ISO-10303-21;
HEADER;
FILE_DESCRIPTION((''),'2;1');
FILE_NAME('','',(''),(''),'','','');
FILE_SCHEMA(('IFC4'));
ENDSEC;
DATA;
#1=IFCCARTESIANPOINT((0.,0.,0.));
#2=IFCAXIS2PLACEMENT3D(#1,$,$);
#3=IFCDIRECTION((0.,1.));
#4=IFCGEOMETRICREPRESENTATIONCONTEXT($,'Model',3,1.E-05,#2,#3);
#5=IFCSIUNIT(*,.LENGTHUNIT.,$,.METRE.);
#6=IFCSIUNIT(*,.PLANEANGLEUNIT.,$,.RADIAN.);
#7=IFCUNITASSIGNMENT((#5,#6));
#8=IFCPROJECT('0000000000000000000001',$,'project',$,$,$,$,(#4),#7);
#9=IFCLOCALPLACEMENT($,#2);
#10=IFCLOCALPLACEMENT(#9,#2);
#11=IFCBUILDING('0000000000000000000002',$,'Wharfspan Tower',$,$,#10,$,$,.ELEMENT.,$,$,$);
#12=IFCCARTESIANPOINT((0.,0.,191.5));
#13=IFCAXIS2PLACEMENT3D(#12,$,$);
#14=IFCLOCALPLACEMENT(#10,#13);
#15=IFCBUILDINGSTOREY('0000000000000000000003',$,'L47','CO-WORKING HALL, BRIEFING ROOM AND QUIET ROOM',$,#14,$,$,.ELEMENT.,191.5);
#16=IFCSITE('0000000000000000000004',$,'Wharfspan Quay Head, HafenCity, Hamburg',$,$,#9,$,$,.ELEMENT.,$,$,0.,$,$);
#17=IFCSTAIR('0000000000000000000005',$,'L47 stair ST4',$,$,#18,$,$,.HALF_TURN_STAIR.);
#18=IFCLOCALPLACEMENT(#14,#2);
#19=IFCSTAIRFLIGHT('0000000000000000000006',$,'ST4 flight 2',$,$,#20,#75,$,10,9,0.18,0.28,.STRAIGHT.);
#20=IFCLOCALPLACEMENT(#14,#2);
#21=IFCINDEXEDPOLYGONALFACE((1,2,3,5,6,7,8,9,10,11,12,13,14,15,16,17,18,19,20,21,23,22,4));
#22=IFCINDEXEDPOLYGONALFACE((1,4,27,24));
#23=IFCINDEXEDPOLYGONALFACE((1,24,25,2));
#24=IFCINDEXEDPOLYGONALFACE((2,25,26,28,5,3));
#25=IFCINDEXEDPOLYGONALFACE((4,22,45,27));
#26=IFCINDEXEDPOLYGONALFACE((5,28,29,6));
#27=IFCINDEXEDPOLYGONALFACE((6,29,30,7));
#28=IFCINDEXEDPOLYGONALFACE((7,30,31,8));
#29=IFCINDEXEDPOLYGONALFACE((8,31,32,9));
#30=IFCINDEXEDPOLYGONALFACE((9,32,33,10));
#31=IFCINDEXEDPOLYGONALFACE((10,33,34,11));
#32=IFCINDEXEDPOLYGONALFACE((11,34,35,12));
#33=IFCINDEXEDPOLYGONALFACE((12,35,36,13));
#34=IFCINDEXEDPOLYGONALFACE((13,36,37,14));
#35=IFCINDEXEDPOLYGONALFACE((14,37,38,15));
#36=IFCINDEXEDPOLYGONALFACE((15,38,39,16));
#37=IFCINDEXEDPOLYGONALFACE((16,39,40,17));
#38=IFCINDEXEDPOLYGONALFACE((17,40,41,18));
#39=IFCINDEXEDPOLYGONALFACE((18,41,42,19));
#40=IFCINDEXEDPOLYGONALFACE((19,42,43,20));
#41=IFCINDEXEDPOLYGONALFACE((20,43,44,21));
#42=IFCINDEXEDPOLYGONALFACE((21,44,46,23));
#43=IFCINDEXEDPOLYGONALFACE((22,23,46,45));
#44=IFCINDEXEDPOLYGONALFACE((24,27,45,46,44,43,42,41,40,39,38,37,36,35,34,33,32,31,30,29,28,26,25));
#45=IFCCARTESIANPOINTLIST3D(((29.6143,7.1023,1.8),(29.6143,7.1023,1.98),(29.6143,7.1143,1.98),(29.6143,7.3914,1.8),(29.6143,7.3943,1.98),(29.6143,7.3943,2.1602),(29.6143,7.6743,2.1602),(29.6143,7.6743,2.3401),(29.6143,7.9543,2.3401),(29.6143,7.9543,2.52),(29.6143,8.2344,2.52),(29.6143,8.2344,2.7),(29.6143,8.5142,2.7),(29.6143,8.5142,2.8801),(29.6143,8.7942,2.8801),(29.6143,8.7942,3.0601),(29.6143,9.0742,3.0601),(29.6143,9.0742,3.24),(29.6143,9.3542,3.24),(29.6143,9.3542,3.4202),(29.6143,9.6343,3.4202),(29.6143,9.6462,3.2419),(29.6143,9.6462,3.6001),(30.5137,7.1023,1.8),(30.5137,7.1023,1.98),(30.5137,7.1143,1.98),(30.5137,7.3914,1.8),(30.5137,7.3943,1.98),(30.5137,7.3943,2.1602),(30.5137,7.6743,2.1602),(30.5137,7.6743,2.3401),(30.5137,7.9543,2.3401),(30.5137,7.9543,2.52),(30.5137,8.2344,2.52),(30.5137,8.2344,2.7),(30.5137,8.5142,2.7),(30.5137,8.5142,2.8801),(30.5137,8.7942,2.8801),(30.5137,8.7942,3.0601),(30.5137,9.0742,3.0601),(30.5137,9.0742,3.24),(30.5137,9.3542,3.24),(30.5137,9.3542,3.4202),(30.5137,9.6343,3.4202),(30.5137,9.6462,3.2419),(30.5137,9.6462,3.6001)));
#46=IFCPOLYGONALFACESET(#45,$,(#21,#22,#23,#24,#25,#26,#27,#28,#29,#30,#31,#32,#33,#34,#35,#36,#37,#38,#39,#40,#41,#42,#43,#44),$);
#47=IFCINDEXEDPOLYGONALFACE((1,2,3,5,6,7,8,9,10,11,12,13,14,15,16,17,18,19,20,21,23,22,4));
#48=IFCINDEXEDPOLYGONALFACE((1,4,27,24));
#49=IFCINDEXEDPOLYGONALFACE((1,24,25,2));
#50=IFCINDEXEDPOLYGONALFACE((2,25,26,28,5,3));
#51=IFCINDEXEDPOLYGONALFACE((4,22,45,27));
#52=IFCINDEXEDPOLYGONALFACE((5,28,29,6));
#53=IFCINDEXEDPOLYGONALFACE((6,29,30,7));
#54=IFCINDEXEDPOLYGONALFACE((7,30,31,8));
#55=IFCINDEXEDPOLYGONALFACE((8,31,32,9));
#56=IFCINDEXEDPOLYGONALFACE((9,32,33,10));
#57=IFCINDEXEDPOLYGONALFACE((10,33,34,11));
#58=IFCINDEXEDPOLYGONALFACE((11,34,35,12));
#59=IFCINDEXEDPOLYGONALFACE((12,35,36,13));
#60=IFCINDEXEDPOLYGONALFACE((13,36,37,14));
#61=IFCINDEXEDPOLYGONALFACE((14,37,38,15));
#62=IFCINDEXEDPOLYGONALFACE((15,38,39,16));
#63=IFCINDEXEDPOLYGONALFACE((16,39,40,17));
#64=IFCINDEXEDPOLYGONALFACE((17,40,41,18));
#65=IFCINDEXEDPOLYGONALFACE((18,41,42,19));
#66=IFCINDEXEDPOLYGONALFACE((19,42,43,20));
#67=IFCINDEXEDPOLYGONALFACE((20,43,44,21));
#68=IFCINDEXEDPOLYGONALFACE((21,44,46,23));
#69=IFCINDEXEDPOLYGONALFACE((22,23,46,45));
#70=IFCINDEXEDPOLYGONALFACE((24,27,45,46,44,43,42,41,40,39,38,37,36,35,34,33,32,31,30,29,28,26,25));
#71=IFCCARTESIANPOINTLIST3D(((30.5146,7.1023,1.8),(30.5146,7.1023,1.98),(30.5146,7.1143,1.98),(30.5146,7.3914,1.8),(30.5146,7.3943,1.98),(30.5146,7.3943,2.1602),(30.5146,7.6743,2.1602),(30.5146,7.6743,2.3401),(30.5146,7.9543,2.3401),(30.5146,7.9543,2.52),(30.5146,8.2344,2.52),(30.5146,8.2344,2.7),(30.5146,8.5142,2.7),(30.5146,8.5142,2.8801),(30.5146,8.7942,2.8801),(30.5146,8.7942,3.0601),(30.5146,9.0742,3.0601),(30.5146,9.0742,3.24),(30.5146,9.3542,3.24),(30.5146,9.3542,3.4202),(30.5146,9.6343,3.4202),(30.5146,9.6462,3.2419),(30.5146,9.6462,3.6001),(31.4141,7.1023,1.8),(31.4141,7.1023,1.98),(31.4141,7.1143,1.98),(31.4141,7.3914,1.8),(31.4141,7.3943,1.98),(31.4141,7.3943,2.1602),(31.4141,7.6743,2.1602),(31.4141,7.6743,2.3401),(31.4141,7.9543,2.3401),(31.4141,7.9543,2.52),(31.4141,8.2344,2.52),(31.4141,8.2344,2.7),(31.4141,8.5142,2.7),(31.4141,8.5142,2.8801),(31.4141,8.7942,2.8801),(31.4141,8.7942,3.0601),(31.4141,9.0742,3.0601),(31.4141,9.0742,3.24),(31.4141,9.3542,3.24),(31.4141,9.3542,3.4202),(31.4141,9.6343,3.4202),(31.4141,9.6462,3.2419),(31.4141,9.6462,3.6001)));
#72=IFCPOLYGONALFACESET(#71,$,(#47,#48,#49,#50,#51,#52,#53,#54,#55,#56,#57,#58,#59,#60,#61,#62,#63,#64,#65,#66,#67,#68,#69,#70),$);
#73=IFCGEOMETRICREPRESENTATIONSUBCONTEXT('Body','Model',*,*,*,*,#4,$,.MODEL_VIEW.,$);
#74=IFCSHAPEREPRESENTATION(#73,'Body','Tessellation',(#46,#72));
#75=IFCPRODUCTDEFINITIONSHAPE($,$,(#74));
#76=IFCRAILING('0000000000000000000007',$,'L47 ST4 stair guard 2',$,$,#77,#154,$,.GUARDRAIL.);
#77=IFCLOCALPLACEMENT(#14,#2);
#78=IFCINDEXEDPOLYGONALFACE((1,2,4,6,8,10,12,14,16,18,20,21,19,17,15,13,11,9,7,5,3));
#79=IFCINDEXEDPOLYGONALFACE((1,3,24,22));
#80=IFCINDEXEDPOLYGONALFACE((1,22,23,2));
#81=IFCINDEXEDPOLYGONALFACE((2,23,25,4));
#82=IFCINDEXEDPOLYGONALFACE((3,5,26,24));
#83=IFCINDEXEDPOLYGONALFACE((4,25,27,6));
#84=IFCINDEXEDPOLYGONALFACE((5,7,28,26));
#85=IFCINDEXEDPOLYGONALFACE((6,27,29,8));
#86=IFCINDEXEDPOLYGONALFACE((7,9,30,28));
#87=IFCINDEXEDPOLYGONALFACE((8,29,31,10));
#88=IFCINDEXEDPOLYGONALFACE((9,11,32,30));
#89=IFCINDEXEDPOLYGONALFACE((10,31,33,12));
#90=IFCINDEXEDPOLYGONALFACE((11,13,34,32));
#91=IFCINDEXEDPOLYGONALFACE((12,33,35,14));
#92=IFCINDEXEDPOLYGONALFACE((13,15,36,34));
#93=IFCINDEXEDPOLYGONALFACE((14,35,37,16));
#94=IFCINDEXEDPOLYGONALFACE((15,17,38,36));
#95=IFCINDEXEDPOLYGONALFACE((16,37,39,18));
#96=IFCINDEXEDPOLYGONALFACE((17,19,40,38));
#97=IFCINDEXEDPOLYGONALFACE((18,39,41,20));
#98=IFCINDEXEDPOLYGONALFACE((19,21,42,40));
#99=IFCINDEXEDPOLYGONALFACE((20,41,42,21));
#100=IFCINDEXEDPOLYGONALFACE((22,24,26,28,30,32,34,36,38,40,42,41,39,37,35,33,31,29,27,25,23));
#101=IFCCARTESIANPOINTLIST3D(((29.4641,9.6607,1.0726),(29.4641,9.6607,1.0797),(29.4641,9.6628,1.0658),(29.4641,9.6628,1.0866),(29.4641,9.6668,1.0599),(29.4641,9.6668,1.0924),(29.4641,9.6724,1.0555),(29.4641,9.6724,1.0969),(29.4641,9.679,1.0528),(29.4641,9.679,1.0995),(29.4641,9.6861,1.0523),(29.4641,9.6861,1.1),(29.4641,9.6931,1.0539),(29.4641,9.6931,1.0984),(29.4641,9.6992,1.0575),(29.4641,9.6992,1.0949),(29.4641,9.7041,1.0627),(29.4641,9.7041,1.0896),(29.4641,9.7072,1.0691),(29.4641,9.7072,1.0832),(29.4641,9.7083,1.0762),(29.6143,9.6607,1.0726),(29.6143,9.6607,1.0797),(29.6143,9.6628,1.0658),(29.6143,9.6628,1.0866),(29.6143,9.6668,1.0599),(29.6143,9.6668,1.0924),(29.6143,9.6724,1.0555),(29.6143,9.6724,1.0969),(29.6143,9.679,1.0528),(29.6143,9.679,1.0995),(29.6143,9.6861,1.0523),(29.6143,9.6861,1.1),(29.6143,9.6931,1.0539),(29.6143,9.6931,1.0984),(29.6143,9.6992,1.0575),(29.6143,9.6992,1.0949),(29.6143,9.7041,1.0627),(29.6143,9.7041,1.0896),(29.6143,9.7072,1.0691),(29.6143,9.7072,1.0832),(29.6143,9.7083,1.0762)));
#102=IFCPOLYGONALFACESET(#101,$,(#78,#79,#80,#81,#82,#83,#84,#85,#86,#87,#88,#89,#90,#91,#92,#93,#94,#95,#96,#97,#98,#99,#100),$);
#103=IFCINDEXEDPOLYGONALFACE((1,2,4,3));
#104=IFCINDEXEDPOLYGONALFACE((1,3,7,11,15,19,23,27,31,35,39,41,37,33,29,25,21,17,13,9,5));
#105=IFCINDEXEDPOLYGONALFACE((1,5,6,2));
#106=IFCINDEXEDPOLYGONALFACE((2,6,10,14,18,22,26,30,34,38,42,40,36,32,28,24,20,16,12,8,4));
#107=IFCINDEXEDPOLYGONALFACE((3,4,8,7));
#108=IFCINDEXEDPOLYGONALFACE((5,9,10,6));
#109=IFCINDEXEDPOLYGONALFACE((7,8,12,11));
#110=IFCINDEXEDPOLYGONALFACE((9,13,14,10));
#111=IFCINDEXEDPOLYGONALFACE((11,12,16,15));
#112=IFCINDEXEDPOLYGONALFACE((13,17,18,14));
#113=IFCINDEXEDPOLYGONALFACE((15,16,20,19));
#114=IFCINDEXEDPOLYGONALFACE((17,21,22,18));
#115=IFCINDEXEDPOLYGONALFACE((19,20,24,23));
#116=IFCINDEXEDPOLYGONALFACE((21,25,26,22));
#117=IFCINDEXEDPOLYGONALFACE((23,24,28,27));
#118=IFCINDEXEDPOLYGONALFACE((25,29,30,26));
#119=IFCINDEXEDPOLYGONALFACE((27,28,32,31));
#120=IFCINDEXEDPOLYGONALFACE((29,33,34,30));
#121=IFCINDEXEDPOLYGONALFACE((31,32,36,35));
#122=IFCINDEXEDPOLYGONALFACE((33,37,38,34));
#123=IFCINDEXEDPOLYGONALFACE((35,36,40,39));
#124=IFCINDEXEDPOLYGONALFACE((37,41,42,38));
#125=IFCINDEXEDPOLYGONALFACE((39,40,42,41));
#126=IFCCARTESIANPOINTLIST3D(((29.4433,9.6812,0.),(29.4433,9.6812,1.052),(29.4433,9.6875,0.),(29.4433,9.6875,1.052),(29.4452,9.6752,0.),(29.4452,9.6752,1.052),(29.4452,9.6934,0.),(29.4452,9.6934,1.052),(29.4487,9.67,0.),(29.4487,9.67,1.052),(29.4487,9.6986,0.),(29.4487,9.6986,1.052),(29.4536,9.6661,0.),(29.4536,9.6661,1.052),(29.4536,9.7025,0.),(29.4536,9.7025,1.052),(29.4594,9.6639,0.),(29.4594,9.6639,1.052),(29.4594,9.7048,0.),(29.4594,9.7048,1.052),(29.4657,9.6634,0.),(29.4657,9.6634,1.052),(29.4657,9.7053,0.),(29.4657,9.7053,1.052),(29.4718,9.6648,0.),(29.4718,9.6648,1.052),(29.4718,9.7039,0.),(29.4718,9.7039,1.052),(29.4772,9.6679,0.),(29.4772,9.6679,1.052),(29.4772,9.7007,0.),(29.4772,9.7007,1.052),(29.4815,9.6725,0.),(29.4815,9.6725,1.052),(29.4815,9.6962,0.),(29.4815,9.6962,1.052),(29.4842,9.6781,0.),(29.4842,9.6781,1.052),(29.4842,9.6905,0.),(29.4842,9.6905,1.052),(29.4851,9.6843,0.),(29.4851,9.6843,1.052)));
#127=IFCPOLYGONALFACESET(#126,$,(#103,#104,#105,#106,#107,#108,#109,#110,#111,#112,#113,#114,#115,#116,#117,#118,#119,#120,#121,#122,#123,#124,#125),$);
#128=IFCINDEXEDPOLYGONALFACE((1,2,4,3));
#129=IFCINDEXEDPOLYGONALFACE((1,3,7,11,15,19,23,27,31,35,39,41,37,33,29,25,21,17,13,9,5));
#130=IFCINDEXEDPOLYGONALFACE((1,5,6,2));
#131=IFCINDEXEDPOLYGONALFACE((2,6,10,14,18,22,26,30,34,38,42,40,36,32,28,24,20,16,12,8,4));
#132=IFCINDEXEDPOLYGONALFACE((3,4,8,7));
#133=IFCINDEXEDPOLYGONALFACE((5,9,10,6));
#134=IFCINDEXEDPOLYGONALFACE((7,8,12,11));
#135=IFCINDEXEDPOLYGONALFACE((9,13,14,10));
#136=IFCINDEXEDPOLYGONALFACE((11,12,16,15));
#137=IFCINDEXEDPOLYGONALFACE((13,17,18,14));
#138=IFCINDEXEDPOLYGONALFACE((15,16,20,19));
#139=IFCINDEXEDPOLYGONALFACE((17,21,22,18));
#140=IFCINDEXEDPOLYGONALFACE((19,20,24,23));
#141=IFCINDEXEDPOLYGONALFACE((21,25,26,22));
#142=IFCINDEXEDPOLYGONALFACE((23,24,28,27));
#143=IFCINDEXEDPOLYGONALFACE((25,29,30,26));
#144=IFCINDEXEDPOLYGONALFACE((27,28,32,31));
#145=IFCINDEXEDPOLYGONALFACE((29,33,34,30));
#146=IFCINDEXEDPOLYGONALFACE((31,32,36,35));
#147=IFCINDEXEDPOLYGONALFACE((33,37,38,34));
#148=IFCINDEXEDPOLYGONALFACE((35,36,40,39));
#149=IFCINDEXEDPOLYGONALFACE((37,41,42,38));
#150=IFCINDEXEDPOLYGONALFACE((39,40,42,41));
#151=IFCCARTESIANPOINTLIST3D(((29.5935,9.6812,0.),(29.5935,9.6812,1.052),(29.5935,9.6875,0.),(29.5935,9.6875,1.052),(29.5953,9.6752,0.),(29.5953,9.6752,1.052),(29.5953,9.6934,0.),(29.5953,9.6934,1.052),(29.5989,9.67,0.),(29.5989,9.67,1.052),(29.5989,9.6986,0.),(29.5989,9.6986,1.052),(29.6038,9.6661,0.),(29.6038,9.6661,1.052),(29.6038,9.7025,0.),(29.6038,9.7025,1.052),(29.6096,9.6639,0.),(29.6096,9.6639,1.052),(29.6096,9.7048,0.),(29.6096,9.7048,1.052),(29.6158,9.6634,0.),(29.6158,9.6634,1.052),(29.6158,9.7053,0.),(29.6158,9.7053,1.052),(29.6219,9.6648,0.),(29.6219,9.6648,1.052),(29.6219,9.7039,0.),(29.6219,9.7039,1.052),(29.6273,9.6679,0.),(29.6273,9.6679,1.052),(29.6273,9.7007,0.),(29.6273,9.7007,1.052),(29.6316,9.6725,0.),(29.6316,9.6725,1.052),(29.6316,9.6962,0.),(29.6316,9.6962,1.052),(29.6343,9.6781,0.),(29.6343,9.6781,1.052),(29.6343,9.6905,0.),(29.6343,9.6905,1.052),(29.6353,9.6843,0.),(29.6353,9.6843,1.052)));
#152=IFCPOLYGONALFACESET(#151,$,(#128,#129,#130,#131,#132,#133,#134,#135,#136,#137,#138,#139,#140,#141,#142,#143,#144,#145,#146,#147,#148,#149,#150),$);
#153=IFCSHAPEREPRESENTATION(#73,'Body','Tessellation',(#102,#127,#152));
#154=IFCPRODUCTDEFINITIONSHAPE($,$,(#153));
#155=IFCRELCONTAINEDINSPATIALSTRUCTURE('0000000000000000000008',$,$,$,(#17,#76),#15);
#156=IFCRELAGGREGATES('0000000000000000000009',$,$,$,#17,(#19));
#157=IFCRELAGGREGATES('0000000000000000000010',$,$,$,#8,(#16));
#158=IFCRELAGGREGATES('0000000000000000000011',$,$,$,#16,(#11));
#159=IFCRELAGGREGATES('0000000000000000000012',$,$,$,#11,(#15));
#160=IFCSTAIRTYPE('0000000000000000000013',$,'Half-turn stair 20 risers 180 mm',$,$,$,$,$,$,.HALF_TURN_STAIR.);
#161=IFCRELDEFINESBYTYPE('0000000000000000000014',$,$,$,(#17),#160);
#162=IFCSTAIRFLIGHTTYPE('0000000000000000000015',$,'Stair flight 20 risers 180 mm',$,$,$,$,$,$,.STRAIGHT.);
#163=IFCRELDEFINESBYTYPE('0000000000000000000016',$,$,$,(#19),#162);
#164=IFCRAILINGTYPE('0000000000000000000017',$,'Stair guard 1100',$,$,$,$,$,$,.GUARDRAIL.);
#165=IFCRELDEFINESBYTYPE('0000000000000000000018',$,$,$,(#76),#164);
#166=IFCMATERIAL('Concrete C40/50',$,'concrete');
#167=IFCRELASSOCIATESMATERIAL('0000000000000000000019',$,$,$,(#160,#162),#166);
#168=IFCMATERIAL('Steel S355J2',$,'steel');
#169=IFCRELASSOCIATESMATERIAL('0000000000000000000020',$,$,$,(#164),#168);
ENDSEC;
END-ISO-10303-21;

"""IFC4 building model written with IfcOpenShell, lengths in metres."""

from ifc_helpers import new_model, si_unit, direction, frame, origin, origin_2d, place, context, subcontext, project, spatial, polyline, circle, outline, extrude, material, type_object, element, aggregate, save


model = new_model("IFC4")

# Units and contexts
model_context = context("Model", 3, precision=1e-05, world=origin(), true_north=direction((0.0, 1.0)))
body_context = subcontext(model_context, "Body", "Model", "MODEL_VIEW")
ifc_project = project(units=[si_unit("LENGTHUNIT", "METRE"), si_unit("PLANEANGLEUNIT", "RADIAN")], contexts=[model_context])

# Site, building, storey
site_placement = place(None, origin())
site = spatial("IfcSite", under=ifc_project, at=site_placement, Name="Wharfspan Quay Head, HafenCity, Hamburg", CompositionType="ELEMENT", RefElevation=0.0)
building_placement = place(site_placement, origin())
building = spatial("IfcBuilding", under=site, at=building_placement, Name="Wharfspan Tower", CompositionType="ELEMENT")
storey_placement = place(building_placement, frame((0.0, 0.0, 191.5)))
storey = spatial("IfcBuildingStorey", under=building, at=storey_placement, Name="L47", Description="CO-WORKING HALL, BRIEFING ROOM AND QUIET ROOM", CompositionType="ELEMENT", Elevation=191.5)

# Shared definitions
ifc_material_1 = material(Name="Steel S355J2", Category="steel")

# Shared definitions
ifc_material_2 = material(Name="Concrete C40/50", Category="concrete")

# Stair, stair flight
stair_type = type_object("IfcStairType", Name="Half-turn stair 20 risers 180 mm", PredefinedType="HALF_TURN_STAIR", material=ifc_material_2)
stair_placement = place(storey_placement, origin())
stair = element("IfcStair", 1, at=stair_placement, inside=storey, type_object=stair_type, Name="L47 stair ST4", PredefinedType="HALF_TURN_STAIR")
stair_flight_type = type_object("IfcStairFlightType", Name="Stair flight 20 risers 180 mm", PredefinedType="STRAIGHT", material=ifc_material_2)
stair_flight_1_placement = place(storey_placement, frame((30.5142, 7.1143, 1.8), z_axis=(0.0, 0.0, 1.0), x_axis=(0.0, 1.0, 0.0)))
stair_flight_1 = element("IfcStairFlight", 2, at=stair_flight_1_placement, type_object=stair_flight_type, Name="ST4 flight 2", NumberOfRisers=10, NumberOfTreads=9, PredefinedType="STRAIGHT", RiserHeight=0.18, TreadLength=0.28, context=body_context, shape_type="SweptSolid", body=[
    extrude(outline(polyline([(-0.012, 0.0), (-0.012, 0.1799), (0.0, 0.1799), (0.28, 0.1799), (0.28, 0.3601), (0.5601, 0.3601), (0.5601, 0.54), (0.8401, 0.54), (0.8401, 0.72), (1.1201, 0.72), (1.1201, 0.8999), (1.3999, 0.8999), (1.3999, 1.0801), (1.6799, 1.0801), (1.6799, 1.26), (1.96, 1.26), (1.96, 1.4399), (2.24, 1.4399), (2.24, 1.6201), (2.52, 1.6201), (2.532, 1.8), (2.532, 1.4419), (0.2771, 0.0), (-0.012, 0.0)])), frame((0.0, 0.8999, 0.0), z_axis=(0.0, -1.0, 0.0), x_axis=(1.0, 0.0, 0.0)), (0.0, 0.0, 1.0), 0.8994),
    extrude(outline(polyline([(-0.012, 0.0), (-0.012, 0.1799), (0.0, 0.1799), (0.28, 0.1799), (0.28, 0.3601), (0.5601, 0.3601), (0.5601, 0.54), (0.8401, 0.54), (0.8401, 0.72), (1.1201, 0.72), (1.1201, 0.8999), (1.3999, 0.8999), (1.3999, 1.0801), (1.6799, 1.0801), (1.6799, 1.26), (1.96, 1.26), (1.96, 1.4399), (2.24, 1.4399), (2.24, 1.6201), (2.52, 1.6201), (2.532, 1.8), (2.532, 1.4419), (0.2771, 0.0), (-0.012, 0.0)])), frame((0.0, -0.0005, 0.0), z_axis=(0.0, -1.0, 0.0), x_axis=(1.0, 0.0, 0.0)), (0.0, 0.0, 1.0), 0.8994),
])
aggregate(stair, [stair_flight_1])

# Railing
railing_type_1 = type_object("IfcRailingType", Name="Stair guard 1100", PredefinedType="GUARDRAIL", material=ifc_material_1)
railing_1_placement = place(storey_placement, frame((29.4641, 9.6843, 0.0)))
element("IfcRailing", 3, at=railing_1_placement, inside=storey, type_object=railing_type_1, Name="L47 ST4 stair guard 2", PredefinedType="GUARDRAIL", context=body_context, shape_type="SweptSolid", body=[
    extrude(circle(Radius=0.0239, at=origin_2d()), frame((0.0, 0.0, 1.0762), z_axis=(1.0, 0.0, 0.0), x_axis=(0.0, 1.0, 0.0)), (0.0, 0.0, 1.0), 0.1501),
    extrude(circle(Radius=0.021, at=origin_2d()), origin(), (0.0, 0.0, 1.0), 1.052),
    extrude(circle(Radius=0.021, at=origin_2d()), frame((0.1501, 0.0, 0.0)), (0.0, 0.0, 1.0), 1.052),
])

save(model, "model.ifc")
